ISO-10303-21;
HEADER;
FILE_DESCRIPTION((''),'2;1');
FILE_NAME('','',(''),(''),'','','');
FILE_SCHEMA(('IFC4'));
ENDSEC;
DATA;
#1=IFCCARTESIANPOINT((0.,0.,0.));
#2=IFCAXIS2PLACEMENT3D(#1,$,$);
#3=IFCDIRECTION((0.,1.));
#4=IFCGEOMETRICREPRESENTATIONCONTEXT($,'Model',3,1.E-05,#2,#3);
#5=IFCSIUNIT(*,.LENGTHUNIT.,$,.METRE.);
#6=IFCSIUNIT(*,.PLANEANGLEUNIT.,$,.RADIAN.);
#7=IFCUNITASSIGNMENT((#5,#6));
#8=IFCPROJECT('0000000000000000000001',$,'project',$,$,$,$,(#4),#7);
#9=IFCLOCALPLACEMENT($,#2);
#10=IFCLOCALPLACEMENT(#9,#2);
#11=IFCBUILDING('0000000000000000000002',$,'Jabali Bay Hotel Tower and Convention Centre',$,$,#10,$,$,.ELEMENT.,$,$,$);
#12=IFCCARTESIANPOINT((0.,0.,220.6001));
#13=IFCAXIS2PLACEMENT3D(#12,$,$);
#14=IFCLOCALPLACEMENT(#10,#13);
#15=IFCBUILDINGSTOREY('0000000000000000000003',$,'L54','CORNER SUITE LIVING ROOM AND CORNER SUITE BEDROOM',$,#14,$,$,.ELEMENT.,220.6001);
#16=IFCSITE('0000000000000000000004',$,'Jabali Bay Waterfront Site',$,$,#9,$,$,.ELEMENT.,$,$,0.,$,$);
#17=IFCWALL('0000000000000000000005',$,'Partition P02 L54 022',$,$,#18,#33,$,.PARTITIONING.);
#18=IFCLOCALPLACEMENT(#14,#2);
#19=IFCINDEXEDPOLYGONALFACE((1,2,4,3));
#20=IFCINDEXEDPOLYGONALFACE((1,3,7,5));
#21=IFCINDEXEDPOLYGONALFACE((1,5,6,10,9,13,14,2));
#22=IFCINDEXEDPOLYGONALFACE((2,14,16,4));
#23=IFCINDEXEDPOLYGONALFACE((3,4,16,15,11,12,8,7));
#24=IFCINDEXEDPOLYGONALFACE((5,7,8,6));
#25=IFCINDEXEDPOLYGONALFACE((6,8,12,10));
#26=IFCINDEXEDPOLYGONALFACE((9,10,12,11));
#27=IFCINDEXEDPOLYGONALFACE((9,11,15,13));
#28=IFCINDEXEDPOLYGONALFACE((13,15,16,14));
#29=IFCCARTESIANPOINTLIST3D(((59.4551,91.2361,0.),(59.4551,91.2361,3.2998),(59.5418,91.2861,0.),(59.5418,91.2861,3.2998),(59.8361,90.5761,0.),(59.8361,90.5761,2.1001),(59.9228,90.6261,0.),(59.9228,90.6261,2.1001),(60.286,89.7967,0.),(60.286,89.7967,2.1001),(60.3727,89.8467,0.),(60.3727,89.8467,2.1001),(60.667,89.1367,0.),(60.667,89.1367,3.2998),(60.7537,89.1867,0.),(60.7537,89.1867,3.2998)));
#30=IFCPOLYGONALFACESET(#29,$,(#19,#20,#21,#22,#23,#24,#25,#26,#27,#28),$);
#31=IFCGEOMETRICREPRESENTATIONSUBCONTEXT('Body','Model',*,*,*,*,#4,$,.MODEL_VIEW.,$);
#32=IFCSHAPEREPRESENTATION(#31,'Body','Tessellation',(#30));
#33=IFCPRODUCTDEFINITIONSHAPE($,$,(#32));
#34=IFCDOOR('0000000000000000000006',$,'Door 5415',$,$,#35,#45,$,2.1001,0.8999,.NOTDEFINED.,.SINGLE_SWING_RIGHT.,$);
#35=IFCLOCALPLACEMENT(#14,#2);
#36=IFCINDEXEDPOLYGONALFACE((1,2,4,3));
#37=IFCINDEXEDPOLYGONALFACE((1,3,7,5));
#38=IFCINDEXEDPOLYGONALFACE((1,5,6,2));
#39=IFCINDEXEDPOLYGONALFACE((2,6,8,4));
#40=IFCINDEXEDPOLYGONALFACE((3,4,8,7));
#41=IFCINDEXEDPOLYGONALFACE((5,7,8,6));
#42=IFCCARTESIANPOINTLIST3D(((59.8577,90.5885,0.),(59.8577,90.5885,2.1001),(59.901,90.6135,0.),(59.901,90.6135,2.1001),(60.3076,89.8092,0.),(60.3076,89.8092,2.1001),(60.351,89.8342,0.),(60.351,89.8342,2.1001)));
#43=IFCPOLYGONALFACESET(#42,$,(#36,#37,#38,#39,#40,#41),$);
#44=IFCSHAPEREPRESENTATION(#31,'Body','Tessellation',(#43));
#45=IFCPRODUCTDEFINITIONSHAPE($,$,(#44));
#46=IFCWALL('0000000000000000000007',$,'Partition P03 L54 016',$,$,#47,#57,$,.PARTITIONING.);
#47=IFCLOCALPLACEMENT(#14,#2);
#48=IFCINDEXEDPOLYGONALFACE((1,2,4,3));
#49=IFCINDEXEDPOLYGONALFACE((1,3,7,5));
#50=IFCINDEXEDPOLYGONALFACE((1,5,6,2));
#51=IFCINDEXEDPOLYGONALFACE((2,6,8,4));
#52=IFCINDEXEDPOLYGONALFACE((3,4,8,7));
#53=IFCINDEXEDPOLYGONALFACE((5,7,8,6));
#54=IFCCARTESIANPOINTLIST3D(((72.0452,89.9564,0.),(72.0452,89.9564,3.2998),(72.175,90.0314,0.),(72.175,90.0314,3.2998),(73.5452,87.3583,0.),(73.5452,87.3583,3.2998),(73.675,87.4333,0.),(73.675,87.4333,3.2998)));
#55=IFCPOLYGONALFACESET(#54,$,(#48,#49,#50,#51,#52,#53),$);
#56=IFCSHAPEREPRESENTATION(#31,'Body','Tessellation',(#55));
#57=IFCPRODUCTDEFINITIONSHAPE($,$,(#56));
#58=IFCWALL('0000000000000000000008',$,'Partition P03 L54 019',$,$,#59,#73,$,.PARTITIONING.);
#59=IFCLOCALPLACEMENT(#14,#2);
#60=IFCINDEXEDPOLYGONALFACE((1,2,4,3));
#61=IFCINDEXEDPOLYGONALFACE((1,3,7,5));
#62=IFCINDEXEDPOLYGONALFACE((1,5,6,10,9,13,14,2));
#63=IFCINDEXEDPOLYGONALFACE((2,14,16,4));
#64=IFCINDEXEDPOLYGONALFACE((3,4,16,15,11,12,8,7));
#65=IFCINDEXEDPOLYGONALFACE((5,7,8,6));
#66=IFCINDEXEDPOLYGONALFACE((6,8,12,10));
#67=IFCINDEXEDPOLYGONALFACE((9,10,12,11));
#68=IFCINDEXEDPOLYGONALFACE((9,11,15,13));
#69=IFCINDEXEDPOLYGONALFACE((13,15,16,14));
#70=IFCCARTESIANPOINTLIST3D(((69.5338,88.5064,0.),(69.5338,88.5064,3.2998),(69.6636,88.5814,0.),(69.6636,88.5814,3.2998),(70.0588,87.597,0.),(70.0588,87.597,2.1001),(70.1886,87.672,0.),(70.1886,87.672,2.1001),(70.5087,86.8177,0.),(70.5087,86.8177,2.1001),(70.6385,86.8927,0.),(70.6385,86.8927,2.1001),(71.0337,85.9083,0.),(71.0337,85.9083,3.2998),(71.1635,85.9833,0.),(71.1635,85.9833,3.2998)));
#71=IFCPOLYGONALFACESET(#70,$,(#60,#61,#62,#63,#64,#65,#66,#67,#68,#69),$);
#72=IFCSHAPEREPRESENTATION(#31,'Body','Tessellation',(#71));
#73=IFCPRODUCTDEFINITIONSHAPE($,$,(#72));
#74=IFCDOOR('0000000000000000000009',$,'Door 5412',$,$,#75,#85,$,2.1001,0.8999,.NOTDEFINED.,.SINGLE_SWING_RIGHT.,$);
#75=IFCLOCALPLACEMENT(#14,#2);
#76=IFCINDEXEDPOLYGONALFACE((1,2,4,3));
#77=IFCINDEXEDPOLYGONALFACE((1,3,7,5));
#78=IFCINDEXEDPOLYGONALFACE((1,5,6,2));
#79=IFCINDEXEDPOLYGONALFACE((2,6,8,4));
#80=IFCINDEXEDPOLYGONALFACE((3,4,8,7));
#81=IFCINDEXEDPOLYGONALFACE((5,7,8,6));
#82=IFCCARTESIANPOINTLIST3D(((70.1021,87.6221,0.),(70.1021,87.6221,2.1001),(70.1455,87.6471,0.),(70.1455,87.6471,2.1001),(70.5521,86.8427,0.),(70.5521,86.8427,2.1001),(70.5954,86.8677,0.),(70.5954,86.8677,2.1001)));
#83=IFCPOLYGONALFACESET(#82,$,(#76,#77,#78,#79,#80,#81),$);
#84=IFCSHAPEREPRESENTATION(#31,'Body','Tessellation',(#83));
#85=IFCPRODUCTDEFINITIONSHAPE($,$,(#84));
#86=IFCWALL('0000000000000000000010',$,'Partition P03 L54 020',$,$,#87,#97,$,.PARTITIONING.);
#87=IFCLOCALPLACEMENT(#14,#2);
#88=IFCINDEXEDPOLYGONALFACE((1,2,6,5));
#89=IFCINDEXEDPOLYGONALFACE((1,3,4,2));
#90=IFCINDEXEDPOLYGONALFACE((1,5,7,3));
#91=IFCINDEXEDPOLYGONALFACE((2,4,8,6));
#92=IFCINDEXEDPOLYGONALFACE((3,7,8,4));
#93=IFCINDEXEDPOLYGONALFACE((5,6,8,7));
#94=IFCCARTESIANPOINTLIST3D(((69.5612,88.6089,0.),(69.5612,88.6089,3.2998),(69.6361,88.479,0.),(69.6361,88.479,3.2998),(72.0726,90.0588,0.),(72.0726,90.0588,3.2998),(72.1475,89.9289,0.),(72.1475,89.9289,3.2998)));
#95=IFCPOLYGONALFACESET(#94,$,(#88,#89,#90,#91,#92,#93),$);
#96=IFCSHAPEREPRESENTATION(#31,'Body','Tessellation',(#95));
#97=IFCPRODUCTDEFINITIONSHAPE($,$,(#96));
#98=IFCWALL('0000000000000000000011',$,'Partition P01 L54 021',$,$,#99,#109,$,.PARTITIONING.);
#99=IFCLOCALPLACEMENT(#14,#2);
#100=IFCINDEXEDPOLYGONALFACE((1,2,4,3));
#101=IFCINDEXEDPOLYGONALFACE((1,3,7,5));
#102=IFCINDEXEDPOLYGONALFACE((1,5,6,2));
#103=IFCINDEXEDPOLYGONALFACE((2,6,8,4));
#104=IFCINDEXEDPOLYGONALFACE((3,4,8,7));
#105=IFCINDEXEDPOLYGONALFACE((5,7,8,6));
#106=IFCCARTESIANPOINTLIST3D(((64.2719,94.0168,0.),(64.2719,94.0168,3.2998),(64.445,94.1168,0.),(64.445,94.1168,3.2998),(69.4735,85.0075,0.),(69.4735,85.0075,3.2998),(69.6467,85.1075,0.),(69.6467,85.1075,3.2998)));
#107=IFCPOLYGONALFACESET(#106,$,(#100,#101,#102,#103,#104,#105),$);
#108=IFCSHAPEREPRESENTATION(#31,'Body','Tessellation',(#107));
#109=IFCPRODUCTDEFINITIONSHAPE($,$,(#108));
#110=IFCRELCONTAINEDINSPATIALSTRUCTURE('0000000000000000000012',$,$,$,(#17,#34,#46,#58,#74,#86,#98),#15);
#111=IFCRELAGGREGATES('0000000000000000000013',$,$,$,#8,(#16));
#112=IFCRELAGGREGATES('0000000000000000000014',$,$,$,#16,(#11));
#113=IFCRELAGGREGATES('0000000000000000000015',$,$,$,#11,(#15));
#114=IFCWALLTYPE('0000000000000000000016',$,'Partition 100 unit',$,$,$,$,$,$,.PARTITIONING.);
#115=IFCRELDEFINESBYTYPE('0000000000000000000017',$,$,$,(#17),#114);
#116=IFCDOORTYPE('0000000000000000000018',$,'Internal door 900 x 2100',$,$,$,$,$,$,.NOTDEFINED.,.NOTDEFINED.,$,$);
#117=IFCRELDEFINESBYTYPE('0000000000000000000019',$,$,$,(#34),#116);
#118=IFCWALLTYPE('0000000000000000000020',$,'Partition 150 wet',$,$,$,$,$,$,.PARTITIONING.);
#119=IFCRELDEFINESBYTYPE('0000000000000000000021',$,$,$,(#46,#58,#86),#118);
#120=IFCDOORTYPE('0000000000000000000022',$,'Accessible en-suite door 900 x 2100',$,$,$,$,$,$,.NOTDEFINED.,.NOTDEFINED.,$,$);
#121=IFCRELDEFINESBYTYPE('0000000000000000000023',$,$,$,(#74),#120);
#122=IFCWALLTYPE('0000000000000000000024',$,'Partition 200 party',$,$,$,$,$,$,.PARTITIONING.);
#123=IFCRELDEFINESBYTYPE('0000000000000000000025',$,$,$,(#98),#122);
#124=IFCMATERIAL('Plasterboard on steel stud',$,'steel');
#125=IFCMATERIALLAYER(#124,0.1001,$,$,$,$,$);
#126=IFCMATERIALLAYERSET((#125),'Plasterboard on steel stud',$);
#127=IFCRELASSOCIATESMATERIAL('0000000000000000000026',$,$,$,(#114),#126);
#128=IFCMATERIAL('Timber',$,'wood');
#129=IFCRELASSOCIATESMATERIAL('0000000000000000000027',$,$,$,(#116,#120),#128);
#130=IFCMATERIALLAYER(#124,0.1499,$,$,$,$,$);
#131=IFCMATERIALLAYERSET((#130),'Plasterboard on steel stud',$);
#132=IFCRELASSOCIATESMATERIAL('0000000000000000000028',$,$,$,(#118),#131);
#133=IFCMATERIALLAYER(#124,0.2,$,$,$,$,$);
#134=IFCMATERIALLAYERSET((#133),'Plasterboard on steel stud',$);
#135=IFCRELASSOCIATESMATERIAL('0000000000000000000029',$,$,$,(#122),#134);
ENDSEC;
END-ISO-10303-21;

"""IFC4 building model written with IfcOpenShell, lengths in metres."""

from ifc_helpers import new_model, si_unit, direction, frame, frame_2d, origin, place, context, subcontext, project, spatial, rectangle, extrude, material, layer, layer_set, type_object, element, fill, save


model = new_model("IFC4")

# Units and contexts
model_context = context("Model", 3, precision=1e-05, world=origin(), true_north=direction((0.0, 1.0)))
body_context = subcontext(model_context, "Body", "Model", "MODEL_VIEW")
ifc_project = project(units=[si_unit("LENGTHUNIT", "METRE"), si_unit("PLANEANGLEUNIT", "RADIAN")], contexts=[model_context])

# Site, building, storey
site_placement = place(None, origin())
site = spatial("IfcSite", under=ifc_project, at=site_placement, Name="Jabali Bay Waterfront Site", CompositionType="ELEMENT", RefElevation=0.0)
building_placement = place(site_placement, origin())
building = spatial("IfcBuilding", under=site, at=building_placement, Name="Jabali Bay Hotel Tower and Convention Centre", CompositionType="ELEMENT")
storey_placement = place(building_placement, frame((0.0, 0.0, 220.6001)))
storey = spatial("IfcBuildingStorey", under=building, at=storey_placement, Name="L54", Description="CORNER SUITE LIVING ROOM AND CORNER SUITE BEDROOM", CompositionType="ELEMENT", Elevation=220.6001)

# Shared definitions
ifc_material_1 = material(Name="Timber", Category="wood")

# Wall, opening, door
ifc_material_2 = material(Name="Plasterboard on steel stud", Category="steel")
ifc_layer_1 = layer(ifc_material_2, 0.1001)
ifc_layer_set_1 = layer_set([ifc_layer_1], Name="Plasterboard on steel stud")
wall_type_1 = type_object("IfcWallType", Name="Partition 100 unit", PredefinedType="PARTITIONING", material=ifc_layer_set_1)
wall_1_placement = place(storey_placement, frame((59.4985, 91.261, 0.0), z_axis=(0.0, 0.0, 1.0), x_axis=(0.499952, -0.866053, 0.0)))
wall_1 = element("IfcWall", 1, at=wall_1_placement, inside=storey, type_object=wall_type_1, Name="Partition P02 L54 022", PredefinedType="PARTITIONING", context=body_context, shape_type="SweptSolid", body=[
    extrude(rectangle(XDim=2.4241, YDim=0.1001, at=frame_2d((1.2119, 0.0))), origin(), (0.0, 0.0, 1.0), 3.2998),
])
opening_1_placement = place(wall_1_placement, frame((0.762, 0.0, 0.0)))
opening_1 = element("IfcOpeningElement", 2, at=opening_1_placement, cuts=wall_1, PredefinedType="OPENING", context=body_context, shape_type="SweptSolid", body=[
    extrude(rectangle(XDim=0.8999, YDim=2.1001, at=frame_2d((0.45, 1.05))), frame((0.0, 0.0605, 0.0), z_axis=(0.0, -1.0, 0.0), x_axis=(1.0, 0.0, 0.0)), (0.0, 0.0, 1.0), 0.1211),
])
door_type_1 = type_object("IfcDoorType", Name="Internal door 900 x 2100", OperationType="NOTDEFINED", PredefinedType="NOTDEFINED", material=ifc_material_1)
door_1_placement = place(opening_1_placement, origin())
door_1 = element("IfcDoor", 3, at=door_1_placement, inside=storey, type_object=door_type_1, Name="Door 5415", OperationType="SINGLE_SWING_RIGHT", OverallHeight=2.1001, OverallWidth=0.8999, PredefinedType="NOTDEFINED", context=body_context, shape_type="SweptSolid", body=[
    extrude(rectangle(XDim=0.8999, YDim=2.1001, at=frame_2d((0.45, 1.05))), frame((0.0, 0.0249, 0.0), z_axis=(0.0, -1.0, 0.0), x_axis=(1.0, 0.0, 0.0)), (0.0, 0.0, 1.0), 0.05),
])
fill(opening_1, door_1)

# Wall
ifc_layer_2 = layer(ifc_material_2, 0.1499)
ifc_layer_set_2 = layer_set([ifc_layer_2], Name="Plasterboard on steel stud")
wall_type_2 = type_object("IfcWallType", Name="Partition 150 wet", PredefinedType="PARTITIONING", material=ifc_layer_set_2)
wall_2_placement = place(storey_placement, frame((72.1101, 89.9939, 0.0), z_axis=(0.0, 0.0, 1.0), x_axis=(0.49999, -0.866031, 0.0)))
element("IfcWall", 4, at=wall_2_placement, inside=storey, type_object=wall_type_2, Name="Partition P03 L54 016", PredefinedType="PARTITIONING", context=body_context, shape_type="SweptSolid", body=[
    extrude(rectangle(XDim=3.0, YDim=0.1499, at=frame_2d((1.5, 0.0))), origin(), (0.0, 0.0, 1.0), 3.2998),
])

# Wall, opening, door
wall_3_placement = place(storey_placement, frame((71.0986, 85.9458, 0.0), z_axis=(0.0, 0.0, 1.0), x_axis=(-0.49999, 0.866031, 0.0)))
wall_3 = element("IfcWall", 5, at=wall_3_placement, inside=storey, type_object=wall_type_2, Name="Partition P03 L54 019", PredefinedType="PARTITIONING", context=body_context, shape_type="SweptSolid", body=[
    extrude(rectangle(XDim=3.0, YDim=0.1499, at=frame_2d((1.5, 0.0))), origin(), (0.0, 0.0, 1.0), 3.2998),
])
opening_2_placement = place(wall_3_placement, frame((1.05, 0.0, 0.0)))
opening_2 = element("IfcOpeningElement", 6, at=opening_2_placement, cuts=wall_3, PredefinedType="OPENING", context=body_context, shape_type="SweptSolid", body=[
    extrude(rectangle(XDim=0.8999, YDim=2.1001, at=frame_2d((0.45, 1.05))), frame((0.0, 0.0854, 0.0), z_axis=(0.0, -1.0, 0.0), x_axis=(1.0, 0.0, 0.0)), (0.0, 0.0, 1.0), 0.1709),
])
door_type_2 = type_object("IfcDoorType", Name="Accessible en-suite door 900 x 2100", OperationType="NOTDEFINED", PredefinedType="NOTDEFINED", material=ifc_material_1)
door_2_placement = place(opening_2_placement, origin())
door_2 = element("IfcDoor", 7, at=door_2_placement, inside=storey, type_object=door_type_2, Name="Door 5412", OperationType="SINGLE_SWING_RIGHT", OverallHeight=2.1001, OverallWidth=0.8999, PredefinedType="NOTDEFINED", context=body_context, shape_type="SweptSolid", body=[
    extrude(rectangle(XDim=0.8999, YDim=2.1001, at=frame_2d((0.45, 1.05))), frame((0.0, 0.0249, 0.0), z_axis=(0.0, -1.0, 0.0), x_axis=(1.0, 0.0, 0.0)), (0.0, 0.0, 1.0), 0.05),
])
fill(opening_2, door_2)

# Walls
wall_4_placement = place(storey_placement, frame((69.5986, 88.5439, 0.0), z_axis=(0.0, 0.0, 1.0), x_axis=(0.866033, 0.499987, 0.0)))
element("IfcWall", 8, at=wall_4_placement, inside=storey, type_object=wall_type_2, Name="Partition P03 L54 020", PredefinedType="PARTITIONING", context=body_context, shape_type="SweptSolid", body=[
    extrude(rectangle(XDim=2.8999, YDim=0.1499, at=frame_2d((1.45, 0.0))), origin(), (0.0, 0.0, 1.0), 3.2998),
])
ifc_layer_3 = layer(ifc_material_2, 0.2)
ifc_layer_set_3 = layer_set([ifc_layer_3], Name="Plasterboard on steel stud")
wall_type_3 = type_object("IfcWallType", Name="Partition 200 party", PredefinedType="PARTITIONING", material=ifc_layer_set_3)
wall_5_placement = place(storey_placement, frame((64.3584, 94.0669, 0.0), z_axis=(0.0, 0.0, 1.0), x_axis=(0.500011, -0.866019, 0.0)))
element("IfcWall", 9, at=wall_5_placement, inside=storey, type_object=wall_type_3, Name="Partition P01 L54 021", PredefinedType="PARTITIONING", context=body_context, shape_type="SweptSolid", body=[
    extrude(rectangle(XDim=10.4031, YDim=0.2, at=frame_2d((5.2017, 0.0))), origin(), (0.0, 0.0, 1.0), 3.2998),
])

save(model, "model.ifc")
